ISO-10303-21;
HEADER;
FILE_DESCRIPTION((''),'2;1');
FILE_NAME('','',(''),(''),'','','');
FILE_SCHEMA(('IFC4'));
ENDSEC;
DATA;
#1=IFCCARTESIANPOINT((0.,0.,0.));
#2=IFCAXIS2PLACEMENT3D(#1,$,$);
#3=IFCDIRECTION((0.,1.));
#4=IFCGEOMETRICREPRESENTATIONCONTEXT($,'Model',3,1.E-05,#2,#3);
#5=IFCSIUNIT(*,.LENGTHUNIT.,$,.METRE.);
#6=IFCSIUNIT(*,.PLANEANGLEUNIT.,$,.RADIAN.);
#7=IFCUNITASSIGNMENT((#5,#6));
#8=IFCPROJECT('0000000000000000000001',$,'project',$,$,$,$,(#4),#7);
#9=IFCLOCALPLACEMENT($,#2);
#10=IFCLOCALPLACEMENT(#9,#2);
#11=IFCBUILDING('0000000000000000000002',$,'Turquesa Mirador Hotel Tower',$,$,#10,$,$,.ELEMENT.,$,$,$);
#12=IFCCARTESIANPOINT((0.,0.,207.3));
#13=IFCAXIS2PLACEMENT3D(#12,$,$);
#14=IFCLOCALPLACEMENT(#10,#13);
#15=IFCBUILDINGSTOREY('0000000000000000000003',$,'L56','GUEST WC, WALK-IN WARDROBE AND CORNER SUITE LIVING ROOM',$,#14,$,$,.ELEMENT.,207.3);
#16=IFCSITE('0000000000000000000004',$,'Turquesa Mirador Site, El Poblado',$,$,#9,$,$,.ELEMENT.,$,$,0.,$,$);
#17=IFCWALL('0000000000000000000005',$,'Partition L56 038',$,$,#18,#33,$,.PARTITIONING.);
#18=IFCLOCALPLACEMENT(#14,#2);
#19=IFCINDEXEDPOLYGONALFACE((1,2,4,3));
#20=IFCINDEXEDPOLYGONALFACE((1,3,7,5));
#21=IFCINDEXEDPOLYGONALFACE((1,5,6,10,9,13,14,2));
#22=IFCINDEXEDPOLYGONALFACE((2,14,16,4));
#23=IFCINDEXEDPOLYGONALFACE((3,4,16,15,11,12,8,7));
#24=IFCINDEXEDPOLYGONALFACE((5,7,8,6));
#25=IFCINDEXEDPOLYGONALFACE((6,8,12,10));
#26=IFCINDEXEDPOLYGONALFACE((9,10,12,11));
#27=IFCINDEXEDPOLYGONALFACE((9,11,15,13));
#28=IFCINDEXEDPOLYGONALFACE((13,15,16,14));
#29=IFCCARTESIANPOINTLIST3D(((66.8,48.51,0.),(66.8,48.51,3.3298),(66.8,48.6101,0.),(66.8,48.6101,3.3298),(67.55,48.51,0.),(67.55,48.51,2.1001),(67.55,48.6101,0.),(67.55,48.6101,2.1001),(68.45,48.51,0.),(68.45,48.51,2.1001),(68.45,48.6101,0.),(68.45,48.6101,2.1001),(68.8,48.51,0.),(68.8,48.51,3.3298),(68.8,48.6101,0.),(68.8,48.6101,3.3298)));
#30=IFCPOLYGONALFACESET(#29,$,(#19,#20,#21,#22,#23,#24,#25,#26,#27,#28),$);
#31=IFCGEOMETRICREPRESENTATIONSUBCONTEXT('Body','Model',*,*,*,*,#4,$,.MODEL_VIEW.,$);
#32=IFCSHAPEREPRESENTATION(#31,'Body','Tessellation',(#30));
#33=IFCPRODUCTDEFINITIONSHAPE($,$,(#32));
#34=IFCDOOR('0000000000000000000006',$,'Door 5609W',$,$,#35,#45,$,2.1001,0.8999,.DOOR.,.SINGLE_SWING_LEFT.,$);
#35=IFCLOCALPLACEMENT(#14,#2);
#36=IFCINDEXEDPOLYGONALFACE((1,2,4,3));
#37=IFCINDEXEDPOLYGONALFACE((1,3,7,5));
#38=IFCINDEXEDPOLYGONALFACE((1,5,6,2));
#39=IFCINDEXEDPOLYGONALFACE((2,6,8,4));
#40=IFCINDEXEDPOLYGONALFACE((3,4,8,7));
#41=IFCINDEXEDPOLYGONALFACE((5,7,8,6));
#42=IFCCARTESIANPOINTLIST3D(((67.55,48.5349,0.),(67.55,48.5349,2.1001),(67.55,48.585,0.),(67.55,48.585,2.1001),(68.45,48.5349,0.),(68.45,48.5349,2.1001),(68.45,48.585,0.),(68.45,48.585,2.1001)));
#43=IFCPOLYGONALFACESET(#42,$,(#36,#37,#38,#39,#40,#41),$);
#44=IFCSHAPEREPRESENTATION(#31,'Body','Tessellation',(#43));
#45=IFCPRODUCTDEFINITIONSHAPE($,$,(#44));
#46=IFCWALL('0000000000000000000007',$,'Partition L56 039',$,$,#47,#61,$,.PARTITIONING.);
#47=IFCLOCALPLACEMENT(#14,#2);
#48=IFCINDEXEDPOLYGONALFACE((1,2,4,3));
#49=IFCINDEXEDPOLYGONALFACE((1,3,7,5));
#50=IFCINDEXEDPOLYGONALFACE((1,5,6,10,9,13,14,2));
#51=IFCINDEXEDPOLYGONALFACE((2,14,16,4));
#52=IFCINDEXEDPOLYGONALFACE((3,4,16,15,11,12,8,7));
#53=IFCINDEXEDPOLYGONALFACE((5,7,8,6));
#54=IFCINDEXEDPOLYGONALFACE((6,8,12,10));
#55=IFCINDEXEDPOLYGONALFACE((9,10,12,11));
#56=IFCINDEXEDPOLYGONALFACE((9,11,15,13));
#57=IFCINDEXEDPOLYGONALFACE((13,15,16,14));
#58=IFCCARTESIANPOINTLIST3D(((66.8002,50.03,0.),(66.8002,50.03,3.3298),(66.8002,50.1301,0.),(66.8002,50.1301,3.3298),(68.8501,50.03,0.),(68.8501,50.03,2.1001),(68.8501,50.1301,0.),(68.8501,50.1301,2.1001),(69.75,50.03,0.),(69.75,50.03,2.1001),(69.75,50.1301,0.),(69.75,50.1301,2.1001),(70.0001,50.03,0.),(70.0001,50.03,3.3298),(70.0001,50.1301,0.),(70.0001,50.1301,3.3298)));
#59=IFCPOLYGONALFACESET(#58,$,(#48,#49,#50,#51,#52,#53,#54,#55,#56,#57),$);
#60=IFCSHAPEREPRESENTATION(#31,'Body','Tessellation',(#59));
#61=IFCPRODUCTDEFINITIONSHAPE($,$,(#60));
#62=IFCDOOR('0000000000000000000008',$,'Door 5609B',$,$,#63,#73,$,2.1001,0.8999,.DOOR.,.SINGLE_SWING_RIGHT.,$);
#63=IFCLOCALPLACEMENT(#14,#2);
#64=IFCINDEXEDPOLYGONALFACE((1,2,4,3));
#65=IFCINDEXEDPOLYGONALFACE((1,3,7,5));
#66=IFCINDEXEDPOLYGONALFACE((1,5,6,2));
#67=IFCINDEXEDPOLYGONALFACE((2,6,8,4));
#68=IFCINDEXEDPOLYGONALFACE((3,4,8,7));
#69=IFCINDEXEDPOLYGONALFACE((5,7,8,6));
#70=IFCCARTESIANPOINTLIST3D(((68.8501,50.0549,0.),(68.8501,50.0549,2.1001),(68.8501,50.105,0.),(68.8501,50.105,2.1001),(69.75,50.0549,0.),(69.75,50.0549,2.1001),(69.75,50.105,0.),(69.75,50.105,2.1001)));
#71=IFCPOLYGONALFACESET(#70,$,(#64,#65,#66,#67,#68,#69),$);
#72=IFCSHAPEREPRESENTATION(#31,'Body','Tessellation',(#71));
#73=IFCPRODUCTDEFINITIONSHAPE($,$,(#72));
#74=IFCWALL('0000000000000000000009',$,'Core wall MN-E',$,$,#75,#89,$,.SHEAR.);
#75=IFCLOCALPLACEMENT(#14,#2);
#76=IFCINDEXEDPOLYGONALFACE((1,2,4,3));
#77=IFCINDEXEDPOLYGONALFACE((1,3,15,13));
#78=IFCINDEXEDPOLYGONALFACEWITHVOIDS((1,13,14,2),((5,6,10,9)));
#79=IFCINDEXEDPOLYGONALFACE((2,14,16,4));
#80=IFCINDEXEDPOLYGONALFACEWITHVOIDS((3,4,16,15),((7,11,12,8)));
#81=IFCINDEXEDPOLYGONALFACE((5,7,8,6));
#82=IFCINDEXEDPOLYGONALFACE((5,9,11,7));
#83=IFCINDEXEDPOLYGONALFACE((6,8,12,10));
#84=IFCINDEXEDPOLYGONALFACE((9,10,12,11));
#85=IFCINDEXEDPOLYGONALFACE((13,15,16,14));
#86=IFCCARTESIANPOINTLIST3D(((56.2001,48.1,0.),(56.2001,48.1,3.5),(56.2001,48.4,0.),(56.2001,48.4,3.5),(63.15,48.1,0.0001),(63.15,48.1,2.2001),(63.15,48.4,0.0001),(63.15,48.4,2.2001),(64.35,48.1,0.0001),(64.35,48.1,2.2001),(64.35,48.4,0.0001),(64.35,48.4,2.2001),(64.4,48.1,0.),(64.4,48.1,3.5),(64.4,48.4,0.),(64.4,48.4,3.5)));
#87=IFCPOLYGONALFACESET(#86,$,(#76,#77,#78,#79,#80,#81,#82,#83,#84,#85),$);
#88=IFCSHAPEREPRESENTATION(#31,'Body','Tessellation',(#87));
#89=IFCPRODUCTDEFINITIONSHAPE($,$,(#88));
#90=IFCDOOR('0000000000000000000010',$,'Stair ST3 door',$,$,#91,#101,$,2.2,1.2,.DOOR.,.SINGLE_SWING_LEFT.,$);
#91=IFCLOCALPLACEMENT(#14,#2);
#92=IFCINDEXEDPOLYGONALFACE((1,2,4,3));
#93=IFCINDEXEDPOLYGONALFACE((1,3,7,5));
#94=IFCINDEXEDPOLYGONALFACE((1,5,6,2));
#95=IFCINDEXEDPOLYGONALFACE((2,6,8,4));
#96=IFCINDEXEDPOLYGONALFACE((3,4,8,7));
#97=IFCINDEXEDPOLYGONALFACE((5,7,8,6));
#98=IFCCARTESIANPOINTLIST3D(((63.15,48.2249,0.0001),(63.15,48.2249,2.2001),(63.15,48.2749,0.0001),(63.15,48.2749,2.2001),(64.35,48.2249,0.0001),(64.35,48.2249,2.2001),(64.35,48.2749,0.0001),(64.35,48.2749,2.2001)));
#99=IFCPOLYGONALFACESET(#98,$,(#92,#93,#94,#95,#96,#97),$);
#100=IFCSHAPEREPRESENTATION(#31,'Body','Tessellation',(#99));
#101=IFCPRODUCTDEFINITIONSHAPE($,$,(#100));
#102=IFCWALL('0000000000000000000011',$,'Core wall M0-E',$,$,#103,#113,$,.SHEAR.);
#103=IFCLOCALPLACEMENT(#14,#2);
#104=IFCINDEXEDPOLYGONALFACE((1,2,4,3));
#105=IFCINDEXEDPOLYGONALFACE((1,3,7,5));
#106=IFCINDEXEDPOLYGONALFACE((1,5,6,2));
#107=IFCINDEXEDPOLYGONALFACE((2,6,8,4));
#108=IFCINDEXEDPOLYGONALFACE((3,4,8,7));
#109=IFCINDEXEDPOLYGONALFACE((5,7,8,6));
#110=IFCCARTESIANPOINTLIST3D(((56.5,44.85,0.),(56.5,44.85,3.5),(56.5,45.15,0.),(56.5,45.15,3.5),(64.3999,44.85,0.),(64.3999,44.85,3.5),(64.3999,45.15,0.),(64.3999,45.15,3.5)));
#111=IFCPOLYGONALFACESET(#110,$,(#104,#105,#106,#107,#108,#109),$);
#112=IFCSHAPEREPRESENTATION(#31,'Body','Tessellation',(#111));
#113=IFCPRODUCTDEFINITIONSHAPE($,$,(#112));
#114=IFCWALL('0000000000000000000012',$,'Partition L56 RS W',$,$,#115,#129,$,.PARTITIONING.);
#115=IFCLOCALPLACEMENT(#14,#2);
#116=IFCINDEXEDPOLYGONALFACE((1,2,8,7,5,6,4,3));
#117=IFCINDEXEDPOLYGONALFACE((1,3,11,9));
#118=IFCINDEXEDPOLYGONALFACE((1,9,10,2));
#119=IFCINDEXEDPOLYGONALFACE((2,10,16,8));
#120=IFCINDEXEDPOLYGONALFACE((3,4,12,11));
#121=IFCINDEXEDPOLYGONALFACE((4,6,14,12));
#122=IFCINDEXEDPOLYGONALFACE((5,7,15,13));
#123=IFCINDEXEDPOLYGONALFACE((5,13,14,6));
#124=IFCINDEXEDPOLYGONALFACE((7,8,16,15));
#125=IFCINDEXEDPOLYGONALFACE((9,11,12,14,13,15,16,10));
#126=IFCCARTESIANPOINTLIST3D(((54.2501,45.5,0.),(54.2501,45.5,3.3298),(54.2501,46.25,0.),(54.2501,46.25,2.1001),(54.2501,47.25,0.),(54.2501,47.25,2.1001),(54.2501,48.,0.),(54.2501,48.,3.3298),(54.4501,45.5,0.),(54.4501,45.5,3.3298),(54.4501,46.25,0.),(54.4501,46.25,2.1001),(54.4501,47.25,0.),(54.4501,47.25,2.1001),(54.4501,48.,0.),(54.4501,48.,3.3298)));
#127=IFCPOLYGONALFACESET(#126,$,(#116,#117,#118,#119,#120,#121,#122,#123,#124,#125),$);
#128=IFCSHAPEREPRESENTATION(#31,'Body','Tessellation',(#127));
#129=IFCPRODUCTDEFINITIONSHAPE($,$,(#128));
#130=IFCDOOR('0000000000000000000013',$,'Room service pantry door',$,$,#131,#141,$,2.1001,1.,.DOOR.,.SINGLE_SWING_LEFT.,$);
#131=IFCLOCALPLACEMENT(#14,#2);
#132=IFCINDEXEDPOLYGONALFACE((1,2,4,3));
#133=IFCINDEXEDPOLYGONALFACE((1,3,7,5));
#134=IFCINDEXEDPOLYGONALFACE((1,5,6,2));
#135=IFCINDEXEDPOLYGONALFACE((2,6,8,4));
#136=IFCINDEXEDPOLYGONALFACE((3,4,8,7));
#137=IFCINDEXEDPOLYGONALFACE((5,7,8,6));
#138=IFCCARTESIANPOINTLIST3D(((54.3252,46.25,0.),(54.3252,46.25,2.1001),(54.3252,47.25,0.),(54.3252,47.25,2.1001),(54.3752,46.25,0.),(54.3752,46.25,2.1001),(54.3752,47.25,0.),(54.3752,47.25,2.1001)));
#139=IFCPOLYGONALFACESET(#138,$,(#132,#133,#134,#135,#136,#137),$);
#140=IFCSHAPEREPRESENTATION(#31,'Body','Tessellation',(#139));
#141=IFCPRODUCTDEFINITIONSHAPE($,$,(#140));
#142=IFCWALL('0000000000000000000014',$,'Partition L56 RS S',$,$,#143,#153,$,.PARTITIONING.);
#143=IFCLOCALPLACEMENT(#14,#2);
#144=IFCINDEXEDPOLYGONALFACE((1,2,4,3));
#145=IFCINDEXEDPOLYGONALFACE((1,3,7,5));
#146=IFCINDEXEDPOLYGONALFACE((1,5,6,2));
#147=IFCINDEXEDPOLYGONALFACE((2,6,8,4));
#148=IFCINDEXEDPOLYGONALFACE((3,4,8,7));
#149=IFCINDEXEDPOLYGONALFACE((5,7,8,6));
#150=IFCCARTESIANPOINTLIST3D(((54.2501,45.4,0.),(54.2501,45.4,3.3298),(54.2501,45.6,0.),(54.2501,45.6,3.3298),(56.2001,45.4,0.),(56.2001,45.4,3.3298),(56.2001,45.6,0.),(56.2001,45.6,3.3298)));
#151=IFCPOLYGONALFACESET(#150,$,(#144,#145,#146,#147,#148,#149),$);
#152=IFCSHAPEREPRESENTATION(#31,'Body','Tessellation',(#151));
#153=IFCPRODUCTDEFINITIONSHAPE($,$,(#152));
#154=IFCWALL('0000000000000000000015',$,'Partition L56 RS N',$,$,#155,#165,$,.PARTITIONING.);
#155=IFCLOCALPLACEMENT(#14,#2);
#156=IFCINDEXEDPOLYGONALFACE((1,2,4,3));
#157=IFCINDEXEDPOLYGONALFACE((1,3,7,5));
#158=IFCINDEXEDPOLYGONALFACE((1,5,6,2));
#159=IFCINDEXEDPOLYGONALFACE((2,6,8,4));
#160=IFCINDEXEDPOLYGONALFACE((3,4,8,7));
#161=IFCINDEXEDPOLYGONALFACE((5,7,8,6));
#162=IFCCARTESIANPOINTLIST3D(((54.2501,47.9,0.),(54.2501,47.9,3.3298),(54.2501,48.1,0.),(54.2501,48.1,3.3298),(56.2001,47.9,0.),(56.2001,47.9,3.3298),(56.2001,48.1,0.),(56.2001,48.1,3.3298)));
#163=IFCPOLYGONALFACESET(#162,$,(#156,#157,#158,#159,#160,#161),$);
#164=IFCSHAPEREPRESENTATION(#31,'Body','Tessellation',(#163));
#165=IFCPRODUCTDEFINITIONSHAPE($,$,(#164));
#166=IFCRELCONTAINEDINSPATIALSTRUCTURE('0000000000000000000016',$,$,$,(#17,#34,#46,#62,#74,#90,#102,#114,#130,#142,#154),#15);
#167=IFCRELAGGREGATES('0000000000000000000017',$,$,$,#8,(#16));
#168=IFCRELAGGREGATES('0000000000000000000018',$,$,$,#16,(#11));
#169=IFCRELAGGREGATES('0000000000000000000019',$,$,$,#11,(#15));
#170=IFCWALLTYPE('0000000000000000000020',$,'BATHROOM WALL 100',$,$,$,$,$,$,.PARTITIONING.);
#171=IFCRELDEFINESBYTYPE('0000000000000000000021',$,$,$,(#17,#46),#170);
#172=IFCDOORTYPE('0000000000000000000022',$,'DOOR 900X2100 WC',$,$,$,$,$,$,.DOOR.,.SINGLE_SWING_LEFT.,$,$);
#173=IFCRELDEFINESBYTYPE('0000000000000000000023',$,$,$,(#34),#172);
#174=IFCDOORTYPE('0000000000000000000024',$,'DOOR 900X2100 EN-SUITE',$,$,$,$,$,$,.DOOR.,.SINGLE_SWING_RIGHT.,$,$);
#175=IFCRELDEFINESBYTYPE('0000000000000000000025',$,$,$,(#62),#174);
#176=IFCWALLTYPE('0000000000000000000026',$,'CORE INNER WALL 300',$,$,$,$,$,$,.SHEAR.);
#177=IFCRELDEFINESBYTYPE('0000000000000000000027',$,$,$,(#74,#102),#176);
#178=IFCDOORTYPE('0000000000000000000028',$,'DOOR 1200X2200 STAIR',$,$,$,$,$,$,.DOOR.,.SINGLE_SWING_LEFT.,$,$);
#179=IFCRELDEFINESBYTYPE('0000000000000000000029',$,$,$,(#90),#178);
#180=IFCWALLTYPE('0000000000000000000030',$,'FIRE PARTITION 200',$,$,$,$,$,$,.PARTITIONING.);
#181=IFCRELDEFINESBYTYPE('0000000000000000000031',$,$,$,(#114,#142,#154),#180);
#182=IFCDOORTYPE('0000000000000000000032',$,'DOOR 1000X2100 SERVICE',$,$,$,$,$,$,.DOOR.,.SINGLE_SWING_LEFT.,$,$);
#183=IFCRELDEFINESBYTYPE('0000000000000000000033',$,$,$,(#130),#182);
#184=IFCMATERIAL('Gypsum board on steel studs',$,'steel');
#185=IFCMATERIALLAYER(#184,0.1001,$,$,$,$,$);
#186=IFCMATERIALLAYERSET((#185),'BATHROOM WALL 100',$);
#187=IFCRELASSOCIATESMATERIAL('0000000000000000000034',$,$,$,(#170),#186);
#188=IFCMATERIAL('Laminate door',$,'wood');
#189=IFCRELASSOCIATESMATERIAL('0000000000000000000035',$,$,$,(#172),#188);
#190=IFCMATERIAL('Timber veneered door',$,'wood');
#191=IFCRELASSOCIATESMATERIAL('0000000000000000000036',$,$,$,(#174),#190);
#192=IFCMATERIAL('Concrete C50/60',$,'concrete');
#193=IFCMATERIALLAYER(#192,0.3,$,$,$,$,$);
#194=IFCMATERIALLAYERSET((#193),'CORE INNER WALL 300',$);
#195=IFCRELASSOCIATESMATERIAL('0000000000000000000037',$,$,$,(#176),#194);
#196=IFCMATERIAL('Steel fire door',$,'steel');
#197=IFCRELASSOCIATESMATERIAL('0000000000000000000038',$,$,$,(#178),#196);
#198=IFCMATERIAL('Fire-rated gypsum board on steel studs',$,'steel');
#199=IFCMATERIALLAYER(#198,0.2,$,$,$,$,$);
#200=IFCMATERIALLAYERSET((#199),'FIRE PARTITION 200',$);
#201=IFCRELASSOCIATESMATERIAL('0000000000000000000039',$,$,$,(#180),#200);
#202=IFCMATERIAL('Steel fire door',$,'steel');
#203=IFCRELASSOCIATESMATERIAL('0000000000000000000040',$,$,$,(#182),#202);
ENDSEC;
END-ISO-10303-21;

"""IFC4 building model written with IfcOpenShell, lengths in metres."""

from ifc_helpers import new_model, si_unit, direction, frame, frame_2d, origin, place, context, subcontext, project, spatial, rectangle, extrude, material, layer, layer_set, type_object, element, fill, save


model = new_model("IFC4")

# Units and contexts
model_context = context("Model", 3, precision=1e-05, world=origin(), true_north=direction((0.0, 1.0)))
body_context = subcontext(model_context, "Body", "Model", "MODEL_VIEW")
ifc_project = project(units=[si_unit("LENGTHUNIT", "METRE"), si_unit("PLANEANGLEUNIT", "RADIAN")], contexts=[model_context])

# Site, building, storey
site_placement = place(None, origin())
site = spatial("IfcSite", under=ifc_project, at=site_placement, Name="Turquesa Mirador Site, El Poblado", CompositionType="ELEMENT", RefElevation=0.0)
building_placement = place(site_placement, origin())
building = spatial("IfcBuilding", under=site, at=building_placement, Name="Turquesa Mirador Hotel Tower", CompositionType="ELEMENT")
storey_placement = place(building_placement, frame((0.0, 0.0, 207.3)))
storey = spatial("IfcBuildingStorey", under=building, at=storey_placement, Name="L56", Description="GUEST WC, WALK-IN WARDROBE AND CORNER SUITE LIVING ROOM", CompositionType="ELEMENT", Elevation=207.3)

# Walls, openings, doors
ifc_material_1 = material(Name="Gypsum board on steel studs", Category="steel")
ifc_layer_1 = layer(ifc_material_1, 0.1001)
ifc_layer_set_1 = layer_set([ifc_layer_1], Name="BATHROOM WALL 100")
wall_type_1 = type_object("IfcWallType", Name="BATHROOM WALL 100", PredefinedType="PARTITIONING", material=ifc_layer_set_1)
wall_1_placement = place(storey_placement, frame((66.8, 48.5601, 0.0), z_axis=(0.0, 0.0, 1.0), x_axis=(1.0, 0.0, 0.0)))
wall_1 = element("IfcWall", 1, at=wall_1_placement, inside=storey, type_object=wall_type_1, Name="Partition L56 038", PredefinedType="PARTITIONING", context=body_context, shape_type="SweptSolid", body=[
    extrude(rectangle(XDim=2.0, YDim=0.1001, at=frame_2d((1.0, 0.0))), origin(), (0.0, 0.0, 1.0), 3.3298),
])
opening_1_placement = place(wall_1_placement, frame((0.75, 0.0, 0.0)))
opening_1 = element("IfcOpeningElement", 2, at=opening_1_placement, cuts=wall_1, PredefinedType="OPENING", context=body_context, shape_type="SweptSolid", body=[
    extrude(rectangle(XDim=0.8999, YDim=2.1001, at=frame_2d((0.45, 1.05))), frame((0.0, 0.0601, 0.0), z_axis=(0.0, -1.0, 0.0), x_axis=(1.0, 0.0, 0.0)), (0.0, 0.0, 1.0), 0.1201),
])
ifc_material_2 = material(Name="Laminate door", Category="wood")
door_type_1 = type_object("IfcDoorType", Name="DOOR 900X2100 WC", OperationType="SINGLE_SWING_LEFT", PredefinedType="DOOR", material=ifc_material_2)
door_1_placement = place(opening_1_placement, origin())
door_1 = element("IfcDoor", 3, at=door_1_placement, inside=storey, type_object=door_type_1, Name="Door 5609W", OperationType="SINGLE_SWING_LEFT", OverallHeight=2.1001, OverallWidth=0.8999, PredefinedType="DOOR", context=body_context, shape_type="SweptSolid", body=[
    extrude(rectangle(XDim=0.8999, YDim=2.1001, at=frame_2d((0.45, 1.05))), frame((0.0, 0.0249, 0.0), z_axis=(0.0, -1.0, 0.0), x_axis=(1.0, 0.0, 0.0)), (0.0, 0.0, 1.0), 0.05),
])
fill(opening_1, door_1)
wall_2_placement = place(storey_placement, frame((66.8, 50.0801, 0.0), z_axis=(0.0, 0.0, 1.0), x_axis=(1.0, 0.0, 0.0)))
wall_2 = element("IfcWall", 4, at=wall_2_placement, inside=storey, type_object=wall_type_1, Name="Partition L56 039", PredefinedType="PARTITIONING", context=body_context, shape_type="SweptSolid", body=[
    extrude(rectangle(XDim=3.2, YDim=0.1001, at=frame_2d((1.6001, 0.0))), origin(), (0.0, 0.0, 1.0), 3.3298),
])
opening_2_placement = place(wall_2_placement, frame((2.05, 0.0, 0.0)))
opening_2 = element("IfcOpeningElement", 5, at=opening_2_placement, cuts=wall_2, PredefinedType="OPENING", context=body_context, shape_type="SweptSolid", body=[
    extrude(rectangle(XDim=0.8999, YDim=2.1001, at=frame_2d((0.45, 1.05))), frame((0.0, 0.0601, 0.0), z_axis=(0.0, -1.0, 0.0), x_axis=(1.0, 0.0, 0.0)), (0.0, 0.0, 1.0), 0.1201),
])
ifc_material_3 = material(Name="Timber veneered door", Category="wood")
door_type_2 = type_object("IfcDoorType", Name="DOOR 900X2100 EN-SUITE", OperationType="SINGLE_SWING_RIGHT", PredefinedType="DOOR", material=ifc_material_3)
door_2_placement = place(opening_2_placement, origin())
door_2 = element("IfcDoor", 6, at=door_2_placement, inside=storey, type_object=door_type_2, Name="Door 5609B", OperationType="SINGLE_SWING_RIGHT", OverallHeight=2.1001, OverallWidth=0.8999, PredefinedType="DOOR", context=body_context, shape_type="SweptSolid", body=[
    extrude(rectangle(XDim=0.8999, YDim=2.1001, at=frame_2d((0.45, 1.05))), frame((0.0, 0.0249, 0.0), z_axis=(0.0, -1.0, 0.0), x_axis=(1.0, 0.0, 0.0)), (0.0, 0.0, 1.0), 0.05),
])
fill(opening_2, door_2)
ifc_material_4 = material(Name="Concrete C50/60", Category="concrete")
ifc_layer_2 = layer(ifc_material_4, 0.3)
ifc_layer_set_2 = layer_set([ifc_layer_2], Name="CORE INNER WALL 300")
wall_type_2 = type_object("IfcWallType", Name="CORE INNER WALL 300", PredefinedType="SHEAR", material=ifc_layer_set_2)
wall_3_placement = place(storey_placement, frame((56.2, 48.25, 0.0), z_axis=(0.0, 0.0, 1.0), x_axis=(1.0, 0.0, 0.0)))
wall_3 = element("IfcWall", 7, at=wall_3_placement, inside=storey, type_object=wall_type_2, Name="Core wall MN-E", PredefinedType="SHEAR", context=body_context, shape_type="SweptSolid", body=[
    extrude(rectangle(XDim=8.2, YDim=0.3, at=frame_2d((4.1001, 0.0))), origin(), (0.0, 0.0, 1.0), 3.5),
])
opening_3_placement = place(wall_3_placement, frame((6.95, 0.0, 0.0)))
opening_3 = element("IfcOpeningElement", 8, at=opening_3_placement, cuts=wall_3, PredefinedType="OPENING", context=body_context, shape_type="SweptSolid", body=[
    extrude(rectangle(XDim=1.2, YDim=2.2, at=frame_2d((0.6001, 1.1001))), frame((0.0, 0.1599, 0.0), z_axis=(0.0, -1.0, 0.0), x_axis=(1.0, 0.0, 0.0)), (0.0, 0.0, 1.0), 0.3201),
])
ifc_material_5 = material(Name="Steel fire door", Category="steel")
door_type_3 = type_object("IfcDoorType", Name="DOOR 1200X2200 STAIR", OperationType="SINGLE_SWING_LEFT", PredefinedType="DOOR", material=ifc_material_5)
door_3_placement = place(opening_3_placement, origin())
door_3 = element("IfcDoor", 9, at=door_3_placement, inside=storey, type_object=door_type_3, Name="Stair ST3 door", OperationType="SINGLE_SWING_LEFT", OverallHeight=2.2, OverallWidth=1.2, PredefinedType="DOOR", context=body_context, shape_type="SweptSolid", body=[
    extrude(rectangle(XDim=1.2, YDim=2.2, at=frame_2d((0.6001, 1.1001))), frame((0.0, 0.0249, 0.0), z_axis=(0.0, -1.0, 0.0), x_axis=(1.0, 0.0, 0.0)), (0.0, 0.0, 1.0), 0.05),
])
fill(opening_3, door_3)

# Wall
wall_4_placement = place(storey_placement, frame((56.5, 45.0, 0.0), z_axis=(0.0, 0.0, 1.0), x_axis=(1.0, 0.0, 0.0)))
element("IfcWall", 10, at=wall_4_placement, inside=storey, type_object=wall_type_2, Name="Core wall M0-E", PredefinedType="SHEAR", context=body_context, shape_type="SweptSolid", body=[
    extrude(rectangle(XDim=7.8999, YDim=0.3, at=frame_2d((3.95, 0.0))), origin(), (0.0, 0.0, 1.0), 3.5),
])

# Wall, opening, door
ifc_material_6 = material(Name="Fire-rated gypsum board on steel studs", Category="steel")
ifc_layer_3 = layer(ifc_material_6, 0.2)
ifc_layer_set_3 = layer_set([ifc_layer_3], Name="FIRE PARTITION 200")
wall_type_3 = type_object("IfcWallType", Name="FIRE PARTITION 200", PredefinedType="PARTITIONING", material=ifc_layer_set_3)
wall_5_placement = place(storey_placement, frame((54.3501, 45.5, 0.0), z_axis=(0.0, 0.0, 1.0), x_axis=(0.0, 1.0, 0.0)))
wall_5 = element("IfcWall", 11, at=wall_5_placement, inside=storey, type_object=wall_type_3, Name="Partition L56 RS W", PredefinedType="PARTITIONING", context=body_context, shape_type="SweptSolid", body=[
    extrude(rectangle(XDim=2.5, YDim=0.2, at=frame_2d((1.25, 0.0))), origin(), (0.0, 0.0, 1.0), 3.3298),
])
opening_4_placement = place(wall_5_placement, frame((0.75, 0.0, 0.0)))
opening_4 = element("IfcOpeningElement", 12, at=opening_4_placement, cuts=wall_5, PredefinedType="OPENING", context=body_context, shape_type="SweptSolid", body=[
    extrude(rectangle(XDim=1.0, YDim=2.1001, at=frame_2d((0.5, 1.05))), frame((0.0, 0.1099, 0.0), z_axis=(0.0, -1.0, 0.0), x_axis=(1.0, 0.0, 0.0)), (0.0, 0.0, 1.0), 0.22),
])
ifc_material_7 = material(Name="Steel fire door", Category="steel")
door_type_4 = type_object("IfcDoorType", Name="DOOR 1000X2100 SERVICE", OperationType="SINGLE_SWING_LEFT", PredefinedType="DOOR", material=ifc_material_7)
door_4_placement = place(opening_4_placement, origin())
door_4 = element("IfcDoor", 13, at=door_4_placement, inside=storey, type_object=door_type_4, Name="Room service pantry door", OperationType="SINGLE_SWING_LEFT", OverallHeight=2.1001, OverallWidth=1.0, PredefinedType="DOOR", context=body_context, shape_type="SweptSolid", body=[
    extrude(rectangle(XDim=1.0, YDim=2.1001, at=frame_2d((0.5, 1.05))), frame((0.0, 0.0249, 0.0), z_axis=(0.0, -1.0, 0.0), x_axis=(1.0, 0.0, 0.0)), (0.0, 0.0, 1.0), 0.05),
])
fill(opening_4, door_4)

# Walls
for number, where, z_axis, x_axis, name in (
    (14, (54.25, 45.5, 0.0), (0.0, 0.0, 1.0), (1.0, 0.0, 0.0), "Partition L56 RS S"),
    (15, (54.25, 48.0, 0.0), (0.0, 0.0, 1.0), (1.0, 0.0, 0.0), "Partition L56 RS N"),
):
    element("IfcWall", number, at=place(storey_placement, frame(where, z_axis=z_axis, x_axis=x_axis)), inside=storey, type_object=wall_type_3, Name=name, PredefinedType="PARTITIONING", context=body_context, shape_type="SweptSolid", body=[
        extrude(rectangle(XDim=1.95, YDim=0.2, at=frame_2d((0.9751, 0.0))), origin(), (0.0, 0.0, 1.0), 3.3298),
    ])

save(model, "model.ifc")
